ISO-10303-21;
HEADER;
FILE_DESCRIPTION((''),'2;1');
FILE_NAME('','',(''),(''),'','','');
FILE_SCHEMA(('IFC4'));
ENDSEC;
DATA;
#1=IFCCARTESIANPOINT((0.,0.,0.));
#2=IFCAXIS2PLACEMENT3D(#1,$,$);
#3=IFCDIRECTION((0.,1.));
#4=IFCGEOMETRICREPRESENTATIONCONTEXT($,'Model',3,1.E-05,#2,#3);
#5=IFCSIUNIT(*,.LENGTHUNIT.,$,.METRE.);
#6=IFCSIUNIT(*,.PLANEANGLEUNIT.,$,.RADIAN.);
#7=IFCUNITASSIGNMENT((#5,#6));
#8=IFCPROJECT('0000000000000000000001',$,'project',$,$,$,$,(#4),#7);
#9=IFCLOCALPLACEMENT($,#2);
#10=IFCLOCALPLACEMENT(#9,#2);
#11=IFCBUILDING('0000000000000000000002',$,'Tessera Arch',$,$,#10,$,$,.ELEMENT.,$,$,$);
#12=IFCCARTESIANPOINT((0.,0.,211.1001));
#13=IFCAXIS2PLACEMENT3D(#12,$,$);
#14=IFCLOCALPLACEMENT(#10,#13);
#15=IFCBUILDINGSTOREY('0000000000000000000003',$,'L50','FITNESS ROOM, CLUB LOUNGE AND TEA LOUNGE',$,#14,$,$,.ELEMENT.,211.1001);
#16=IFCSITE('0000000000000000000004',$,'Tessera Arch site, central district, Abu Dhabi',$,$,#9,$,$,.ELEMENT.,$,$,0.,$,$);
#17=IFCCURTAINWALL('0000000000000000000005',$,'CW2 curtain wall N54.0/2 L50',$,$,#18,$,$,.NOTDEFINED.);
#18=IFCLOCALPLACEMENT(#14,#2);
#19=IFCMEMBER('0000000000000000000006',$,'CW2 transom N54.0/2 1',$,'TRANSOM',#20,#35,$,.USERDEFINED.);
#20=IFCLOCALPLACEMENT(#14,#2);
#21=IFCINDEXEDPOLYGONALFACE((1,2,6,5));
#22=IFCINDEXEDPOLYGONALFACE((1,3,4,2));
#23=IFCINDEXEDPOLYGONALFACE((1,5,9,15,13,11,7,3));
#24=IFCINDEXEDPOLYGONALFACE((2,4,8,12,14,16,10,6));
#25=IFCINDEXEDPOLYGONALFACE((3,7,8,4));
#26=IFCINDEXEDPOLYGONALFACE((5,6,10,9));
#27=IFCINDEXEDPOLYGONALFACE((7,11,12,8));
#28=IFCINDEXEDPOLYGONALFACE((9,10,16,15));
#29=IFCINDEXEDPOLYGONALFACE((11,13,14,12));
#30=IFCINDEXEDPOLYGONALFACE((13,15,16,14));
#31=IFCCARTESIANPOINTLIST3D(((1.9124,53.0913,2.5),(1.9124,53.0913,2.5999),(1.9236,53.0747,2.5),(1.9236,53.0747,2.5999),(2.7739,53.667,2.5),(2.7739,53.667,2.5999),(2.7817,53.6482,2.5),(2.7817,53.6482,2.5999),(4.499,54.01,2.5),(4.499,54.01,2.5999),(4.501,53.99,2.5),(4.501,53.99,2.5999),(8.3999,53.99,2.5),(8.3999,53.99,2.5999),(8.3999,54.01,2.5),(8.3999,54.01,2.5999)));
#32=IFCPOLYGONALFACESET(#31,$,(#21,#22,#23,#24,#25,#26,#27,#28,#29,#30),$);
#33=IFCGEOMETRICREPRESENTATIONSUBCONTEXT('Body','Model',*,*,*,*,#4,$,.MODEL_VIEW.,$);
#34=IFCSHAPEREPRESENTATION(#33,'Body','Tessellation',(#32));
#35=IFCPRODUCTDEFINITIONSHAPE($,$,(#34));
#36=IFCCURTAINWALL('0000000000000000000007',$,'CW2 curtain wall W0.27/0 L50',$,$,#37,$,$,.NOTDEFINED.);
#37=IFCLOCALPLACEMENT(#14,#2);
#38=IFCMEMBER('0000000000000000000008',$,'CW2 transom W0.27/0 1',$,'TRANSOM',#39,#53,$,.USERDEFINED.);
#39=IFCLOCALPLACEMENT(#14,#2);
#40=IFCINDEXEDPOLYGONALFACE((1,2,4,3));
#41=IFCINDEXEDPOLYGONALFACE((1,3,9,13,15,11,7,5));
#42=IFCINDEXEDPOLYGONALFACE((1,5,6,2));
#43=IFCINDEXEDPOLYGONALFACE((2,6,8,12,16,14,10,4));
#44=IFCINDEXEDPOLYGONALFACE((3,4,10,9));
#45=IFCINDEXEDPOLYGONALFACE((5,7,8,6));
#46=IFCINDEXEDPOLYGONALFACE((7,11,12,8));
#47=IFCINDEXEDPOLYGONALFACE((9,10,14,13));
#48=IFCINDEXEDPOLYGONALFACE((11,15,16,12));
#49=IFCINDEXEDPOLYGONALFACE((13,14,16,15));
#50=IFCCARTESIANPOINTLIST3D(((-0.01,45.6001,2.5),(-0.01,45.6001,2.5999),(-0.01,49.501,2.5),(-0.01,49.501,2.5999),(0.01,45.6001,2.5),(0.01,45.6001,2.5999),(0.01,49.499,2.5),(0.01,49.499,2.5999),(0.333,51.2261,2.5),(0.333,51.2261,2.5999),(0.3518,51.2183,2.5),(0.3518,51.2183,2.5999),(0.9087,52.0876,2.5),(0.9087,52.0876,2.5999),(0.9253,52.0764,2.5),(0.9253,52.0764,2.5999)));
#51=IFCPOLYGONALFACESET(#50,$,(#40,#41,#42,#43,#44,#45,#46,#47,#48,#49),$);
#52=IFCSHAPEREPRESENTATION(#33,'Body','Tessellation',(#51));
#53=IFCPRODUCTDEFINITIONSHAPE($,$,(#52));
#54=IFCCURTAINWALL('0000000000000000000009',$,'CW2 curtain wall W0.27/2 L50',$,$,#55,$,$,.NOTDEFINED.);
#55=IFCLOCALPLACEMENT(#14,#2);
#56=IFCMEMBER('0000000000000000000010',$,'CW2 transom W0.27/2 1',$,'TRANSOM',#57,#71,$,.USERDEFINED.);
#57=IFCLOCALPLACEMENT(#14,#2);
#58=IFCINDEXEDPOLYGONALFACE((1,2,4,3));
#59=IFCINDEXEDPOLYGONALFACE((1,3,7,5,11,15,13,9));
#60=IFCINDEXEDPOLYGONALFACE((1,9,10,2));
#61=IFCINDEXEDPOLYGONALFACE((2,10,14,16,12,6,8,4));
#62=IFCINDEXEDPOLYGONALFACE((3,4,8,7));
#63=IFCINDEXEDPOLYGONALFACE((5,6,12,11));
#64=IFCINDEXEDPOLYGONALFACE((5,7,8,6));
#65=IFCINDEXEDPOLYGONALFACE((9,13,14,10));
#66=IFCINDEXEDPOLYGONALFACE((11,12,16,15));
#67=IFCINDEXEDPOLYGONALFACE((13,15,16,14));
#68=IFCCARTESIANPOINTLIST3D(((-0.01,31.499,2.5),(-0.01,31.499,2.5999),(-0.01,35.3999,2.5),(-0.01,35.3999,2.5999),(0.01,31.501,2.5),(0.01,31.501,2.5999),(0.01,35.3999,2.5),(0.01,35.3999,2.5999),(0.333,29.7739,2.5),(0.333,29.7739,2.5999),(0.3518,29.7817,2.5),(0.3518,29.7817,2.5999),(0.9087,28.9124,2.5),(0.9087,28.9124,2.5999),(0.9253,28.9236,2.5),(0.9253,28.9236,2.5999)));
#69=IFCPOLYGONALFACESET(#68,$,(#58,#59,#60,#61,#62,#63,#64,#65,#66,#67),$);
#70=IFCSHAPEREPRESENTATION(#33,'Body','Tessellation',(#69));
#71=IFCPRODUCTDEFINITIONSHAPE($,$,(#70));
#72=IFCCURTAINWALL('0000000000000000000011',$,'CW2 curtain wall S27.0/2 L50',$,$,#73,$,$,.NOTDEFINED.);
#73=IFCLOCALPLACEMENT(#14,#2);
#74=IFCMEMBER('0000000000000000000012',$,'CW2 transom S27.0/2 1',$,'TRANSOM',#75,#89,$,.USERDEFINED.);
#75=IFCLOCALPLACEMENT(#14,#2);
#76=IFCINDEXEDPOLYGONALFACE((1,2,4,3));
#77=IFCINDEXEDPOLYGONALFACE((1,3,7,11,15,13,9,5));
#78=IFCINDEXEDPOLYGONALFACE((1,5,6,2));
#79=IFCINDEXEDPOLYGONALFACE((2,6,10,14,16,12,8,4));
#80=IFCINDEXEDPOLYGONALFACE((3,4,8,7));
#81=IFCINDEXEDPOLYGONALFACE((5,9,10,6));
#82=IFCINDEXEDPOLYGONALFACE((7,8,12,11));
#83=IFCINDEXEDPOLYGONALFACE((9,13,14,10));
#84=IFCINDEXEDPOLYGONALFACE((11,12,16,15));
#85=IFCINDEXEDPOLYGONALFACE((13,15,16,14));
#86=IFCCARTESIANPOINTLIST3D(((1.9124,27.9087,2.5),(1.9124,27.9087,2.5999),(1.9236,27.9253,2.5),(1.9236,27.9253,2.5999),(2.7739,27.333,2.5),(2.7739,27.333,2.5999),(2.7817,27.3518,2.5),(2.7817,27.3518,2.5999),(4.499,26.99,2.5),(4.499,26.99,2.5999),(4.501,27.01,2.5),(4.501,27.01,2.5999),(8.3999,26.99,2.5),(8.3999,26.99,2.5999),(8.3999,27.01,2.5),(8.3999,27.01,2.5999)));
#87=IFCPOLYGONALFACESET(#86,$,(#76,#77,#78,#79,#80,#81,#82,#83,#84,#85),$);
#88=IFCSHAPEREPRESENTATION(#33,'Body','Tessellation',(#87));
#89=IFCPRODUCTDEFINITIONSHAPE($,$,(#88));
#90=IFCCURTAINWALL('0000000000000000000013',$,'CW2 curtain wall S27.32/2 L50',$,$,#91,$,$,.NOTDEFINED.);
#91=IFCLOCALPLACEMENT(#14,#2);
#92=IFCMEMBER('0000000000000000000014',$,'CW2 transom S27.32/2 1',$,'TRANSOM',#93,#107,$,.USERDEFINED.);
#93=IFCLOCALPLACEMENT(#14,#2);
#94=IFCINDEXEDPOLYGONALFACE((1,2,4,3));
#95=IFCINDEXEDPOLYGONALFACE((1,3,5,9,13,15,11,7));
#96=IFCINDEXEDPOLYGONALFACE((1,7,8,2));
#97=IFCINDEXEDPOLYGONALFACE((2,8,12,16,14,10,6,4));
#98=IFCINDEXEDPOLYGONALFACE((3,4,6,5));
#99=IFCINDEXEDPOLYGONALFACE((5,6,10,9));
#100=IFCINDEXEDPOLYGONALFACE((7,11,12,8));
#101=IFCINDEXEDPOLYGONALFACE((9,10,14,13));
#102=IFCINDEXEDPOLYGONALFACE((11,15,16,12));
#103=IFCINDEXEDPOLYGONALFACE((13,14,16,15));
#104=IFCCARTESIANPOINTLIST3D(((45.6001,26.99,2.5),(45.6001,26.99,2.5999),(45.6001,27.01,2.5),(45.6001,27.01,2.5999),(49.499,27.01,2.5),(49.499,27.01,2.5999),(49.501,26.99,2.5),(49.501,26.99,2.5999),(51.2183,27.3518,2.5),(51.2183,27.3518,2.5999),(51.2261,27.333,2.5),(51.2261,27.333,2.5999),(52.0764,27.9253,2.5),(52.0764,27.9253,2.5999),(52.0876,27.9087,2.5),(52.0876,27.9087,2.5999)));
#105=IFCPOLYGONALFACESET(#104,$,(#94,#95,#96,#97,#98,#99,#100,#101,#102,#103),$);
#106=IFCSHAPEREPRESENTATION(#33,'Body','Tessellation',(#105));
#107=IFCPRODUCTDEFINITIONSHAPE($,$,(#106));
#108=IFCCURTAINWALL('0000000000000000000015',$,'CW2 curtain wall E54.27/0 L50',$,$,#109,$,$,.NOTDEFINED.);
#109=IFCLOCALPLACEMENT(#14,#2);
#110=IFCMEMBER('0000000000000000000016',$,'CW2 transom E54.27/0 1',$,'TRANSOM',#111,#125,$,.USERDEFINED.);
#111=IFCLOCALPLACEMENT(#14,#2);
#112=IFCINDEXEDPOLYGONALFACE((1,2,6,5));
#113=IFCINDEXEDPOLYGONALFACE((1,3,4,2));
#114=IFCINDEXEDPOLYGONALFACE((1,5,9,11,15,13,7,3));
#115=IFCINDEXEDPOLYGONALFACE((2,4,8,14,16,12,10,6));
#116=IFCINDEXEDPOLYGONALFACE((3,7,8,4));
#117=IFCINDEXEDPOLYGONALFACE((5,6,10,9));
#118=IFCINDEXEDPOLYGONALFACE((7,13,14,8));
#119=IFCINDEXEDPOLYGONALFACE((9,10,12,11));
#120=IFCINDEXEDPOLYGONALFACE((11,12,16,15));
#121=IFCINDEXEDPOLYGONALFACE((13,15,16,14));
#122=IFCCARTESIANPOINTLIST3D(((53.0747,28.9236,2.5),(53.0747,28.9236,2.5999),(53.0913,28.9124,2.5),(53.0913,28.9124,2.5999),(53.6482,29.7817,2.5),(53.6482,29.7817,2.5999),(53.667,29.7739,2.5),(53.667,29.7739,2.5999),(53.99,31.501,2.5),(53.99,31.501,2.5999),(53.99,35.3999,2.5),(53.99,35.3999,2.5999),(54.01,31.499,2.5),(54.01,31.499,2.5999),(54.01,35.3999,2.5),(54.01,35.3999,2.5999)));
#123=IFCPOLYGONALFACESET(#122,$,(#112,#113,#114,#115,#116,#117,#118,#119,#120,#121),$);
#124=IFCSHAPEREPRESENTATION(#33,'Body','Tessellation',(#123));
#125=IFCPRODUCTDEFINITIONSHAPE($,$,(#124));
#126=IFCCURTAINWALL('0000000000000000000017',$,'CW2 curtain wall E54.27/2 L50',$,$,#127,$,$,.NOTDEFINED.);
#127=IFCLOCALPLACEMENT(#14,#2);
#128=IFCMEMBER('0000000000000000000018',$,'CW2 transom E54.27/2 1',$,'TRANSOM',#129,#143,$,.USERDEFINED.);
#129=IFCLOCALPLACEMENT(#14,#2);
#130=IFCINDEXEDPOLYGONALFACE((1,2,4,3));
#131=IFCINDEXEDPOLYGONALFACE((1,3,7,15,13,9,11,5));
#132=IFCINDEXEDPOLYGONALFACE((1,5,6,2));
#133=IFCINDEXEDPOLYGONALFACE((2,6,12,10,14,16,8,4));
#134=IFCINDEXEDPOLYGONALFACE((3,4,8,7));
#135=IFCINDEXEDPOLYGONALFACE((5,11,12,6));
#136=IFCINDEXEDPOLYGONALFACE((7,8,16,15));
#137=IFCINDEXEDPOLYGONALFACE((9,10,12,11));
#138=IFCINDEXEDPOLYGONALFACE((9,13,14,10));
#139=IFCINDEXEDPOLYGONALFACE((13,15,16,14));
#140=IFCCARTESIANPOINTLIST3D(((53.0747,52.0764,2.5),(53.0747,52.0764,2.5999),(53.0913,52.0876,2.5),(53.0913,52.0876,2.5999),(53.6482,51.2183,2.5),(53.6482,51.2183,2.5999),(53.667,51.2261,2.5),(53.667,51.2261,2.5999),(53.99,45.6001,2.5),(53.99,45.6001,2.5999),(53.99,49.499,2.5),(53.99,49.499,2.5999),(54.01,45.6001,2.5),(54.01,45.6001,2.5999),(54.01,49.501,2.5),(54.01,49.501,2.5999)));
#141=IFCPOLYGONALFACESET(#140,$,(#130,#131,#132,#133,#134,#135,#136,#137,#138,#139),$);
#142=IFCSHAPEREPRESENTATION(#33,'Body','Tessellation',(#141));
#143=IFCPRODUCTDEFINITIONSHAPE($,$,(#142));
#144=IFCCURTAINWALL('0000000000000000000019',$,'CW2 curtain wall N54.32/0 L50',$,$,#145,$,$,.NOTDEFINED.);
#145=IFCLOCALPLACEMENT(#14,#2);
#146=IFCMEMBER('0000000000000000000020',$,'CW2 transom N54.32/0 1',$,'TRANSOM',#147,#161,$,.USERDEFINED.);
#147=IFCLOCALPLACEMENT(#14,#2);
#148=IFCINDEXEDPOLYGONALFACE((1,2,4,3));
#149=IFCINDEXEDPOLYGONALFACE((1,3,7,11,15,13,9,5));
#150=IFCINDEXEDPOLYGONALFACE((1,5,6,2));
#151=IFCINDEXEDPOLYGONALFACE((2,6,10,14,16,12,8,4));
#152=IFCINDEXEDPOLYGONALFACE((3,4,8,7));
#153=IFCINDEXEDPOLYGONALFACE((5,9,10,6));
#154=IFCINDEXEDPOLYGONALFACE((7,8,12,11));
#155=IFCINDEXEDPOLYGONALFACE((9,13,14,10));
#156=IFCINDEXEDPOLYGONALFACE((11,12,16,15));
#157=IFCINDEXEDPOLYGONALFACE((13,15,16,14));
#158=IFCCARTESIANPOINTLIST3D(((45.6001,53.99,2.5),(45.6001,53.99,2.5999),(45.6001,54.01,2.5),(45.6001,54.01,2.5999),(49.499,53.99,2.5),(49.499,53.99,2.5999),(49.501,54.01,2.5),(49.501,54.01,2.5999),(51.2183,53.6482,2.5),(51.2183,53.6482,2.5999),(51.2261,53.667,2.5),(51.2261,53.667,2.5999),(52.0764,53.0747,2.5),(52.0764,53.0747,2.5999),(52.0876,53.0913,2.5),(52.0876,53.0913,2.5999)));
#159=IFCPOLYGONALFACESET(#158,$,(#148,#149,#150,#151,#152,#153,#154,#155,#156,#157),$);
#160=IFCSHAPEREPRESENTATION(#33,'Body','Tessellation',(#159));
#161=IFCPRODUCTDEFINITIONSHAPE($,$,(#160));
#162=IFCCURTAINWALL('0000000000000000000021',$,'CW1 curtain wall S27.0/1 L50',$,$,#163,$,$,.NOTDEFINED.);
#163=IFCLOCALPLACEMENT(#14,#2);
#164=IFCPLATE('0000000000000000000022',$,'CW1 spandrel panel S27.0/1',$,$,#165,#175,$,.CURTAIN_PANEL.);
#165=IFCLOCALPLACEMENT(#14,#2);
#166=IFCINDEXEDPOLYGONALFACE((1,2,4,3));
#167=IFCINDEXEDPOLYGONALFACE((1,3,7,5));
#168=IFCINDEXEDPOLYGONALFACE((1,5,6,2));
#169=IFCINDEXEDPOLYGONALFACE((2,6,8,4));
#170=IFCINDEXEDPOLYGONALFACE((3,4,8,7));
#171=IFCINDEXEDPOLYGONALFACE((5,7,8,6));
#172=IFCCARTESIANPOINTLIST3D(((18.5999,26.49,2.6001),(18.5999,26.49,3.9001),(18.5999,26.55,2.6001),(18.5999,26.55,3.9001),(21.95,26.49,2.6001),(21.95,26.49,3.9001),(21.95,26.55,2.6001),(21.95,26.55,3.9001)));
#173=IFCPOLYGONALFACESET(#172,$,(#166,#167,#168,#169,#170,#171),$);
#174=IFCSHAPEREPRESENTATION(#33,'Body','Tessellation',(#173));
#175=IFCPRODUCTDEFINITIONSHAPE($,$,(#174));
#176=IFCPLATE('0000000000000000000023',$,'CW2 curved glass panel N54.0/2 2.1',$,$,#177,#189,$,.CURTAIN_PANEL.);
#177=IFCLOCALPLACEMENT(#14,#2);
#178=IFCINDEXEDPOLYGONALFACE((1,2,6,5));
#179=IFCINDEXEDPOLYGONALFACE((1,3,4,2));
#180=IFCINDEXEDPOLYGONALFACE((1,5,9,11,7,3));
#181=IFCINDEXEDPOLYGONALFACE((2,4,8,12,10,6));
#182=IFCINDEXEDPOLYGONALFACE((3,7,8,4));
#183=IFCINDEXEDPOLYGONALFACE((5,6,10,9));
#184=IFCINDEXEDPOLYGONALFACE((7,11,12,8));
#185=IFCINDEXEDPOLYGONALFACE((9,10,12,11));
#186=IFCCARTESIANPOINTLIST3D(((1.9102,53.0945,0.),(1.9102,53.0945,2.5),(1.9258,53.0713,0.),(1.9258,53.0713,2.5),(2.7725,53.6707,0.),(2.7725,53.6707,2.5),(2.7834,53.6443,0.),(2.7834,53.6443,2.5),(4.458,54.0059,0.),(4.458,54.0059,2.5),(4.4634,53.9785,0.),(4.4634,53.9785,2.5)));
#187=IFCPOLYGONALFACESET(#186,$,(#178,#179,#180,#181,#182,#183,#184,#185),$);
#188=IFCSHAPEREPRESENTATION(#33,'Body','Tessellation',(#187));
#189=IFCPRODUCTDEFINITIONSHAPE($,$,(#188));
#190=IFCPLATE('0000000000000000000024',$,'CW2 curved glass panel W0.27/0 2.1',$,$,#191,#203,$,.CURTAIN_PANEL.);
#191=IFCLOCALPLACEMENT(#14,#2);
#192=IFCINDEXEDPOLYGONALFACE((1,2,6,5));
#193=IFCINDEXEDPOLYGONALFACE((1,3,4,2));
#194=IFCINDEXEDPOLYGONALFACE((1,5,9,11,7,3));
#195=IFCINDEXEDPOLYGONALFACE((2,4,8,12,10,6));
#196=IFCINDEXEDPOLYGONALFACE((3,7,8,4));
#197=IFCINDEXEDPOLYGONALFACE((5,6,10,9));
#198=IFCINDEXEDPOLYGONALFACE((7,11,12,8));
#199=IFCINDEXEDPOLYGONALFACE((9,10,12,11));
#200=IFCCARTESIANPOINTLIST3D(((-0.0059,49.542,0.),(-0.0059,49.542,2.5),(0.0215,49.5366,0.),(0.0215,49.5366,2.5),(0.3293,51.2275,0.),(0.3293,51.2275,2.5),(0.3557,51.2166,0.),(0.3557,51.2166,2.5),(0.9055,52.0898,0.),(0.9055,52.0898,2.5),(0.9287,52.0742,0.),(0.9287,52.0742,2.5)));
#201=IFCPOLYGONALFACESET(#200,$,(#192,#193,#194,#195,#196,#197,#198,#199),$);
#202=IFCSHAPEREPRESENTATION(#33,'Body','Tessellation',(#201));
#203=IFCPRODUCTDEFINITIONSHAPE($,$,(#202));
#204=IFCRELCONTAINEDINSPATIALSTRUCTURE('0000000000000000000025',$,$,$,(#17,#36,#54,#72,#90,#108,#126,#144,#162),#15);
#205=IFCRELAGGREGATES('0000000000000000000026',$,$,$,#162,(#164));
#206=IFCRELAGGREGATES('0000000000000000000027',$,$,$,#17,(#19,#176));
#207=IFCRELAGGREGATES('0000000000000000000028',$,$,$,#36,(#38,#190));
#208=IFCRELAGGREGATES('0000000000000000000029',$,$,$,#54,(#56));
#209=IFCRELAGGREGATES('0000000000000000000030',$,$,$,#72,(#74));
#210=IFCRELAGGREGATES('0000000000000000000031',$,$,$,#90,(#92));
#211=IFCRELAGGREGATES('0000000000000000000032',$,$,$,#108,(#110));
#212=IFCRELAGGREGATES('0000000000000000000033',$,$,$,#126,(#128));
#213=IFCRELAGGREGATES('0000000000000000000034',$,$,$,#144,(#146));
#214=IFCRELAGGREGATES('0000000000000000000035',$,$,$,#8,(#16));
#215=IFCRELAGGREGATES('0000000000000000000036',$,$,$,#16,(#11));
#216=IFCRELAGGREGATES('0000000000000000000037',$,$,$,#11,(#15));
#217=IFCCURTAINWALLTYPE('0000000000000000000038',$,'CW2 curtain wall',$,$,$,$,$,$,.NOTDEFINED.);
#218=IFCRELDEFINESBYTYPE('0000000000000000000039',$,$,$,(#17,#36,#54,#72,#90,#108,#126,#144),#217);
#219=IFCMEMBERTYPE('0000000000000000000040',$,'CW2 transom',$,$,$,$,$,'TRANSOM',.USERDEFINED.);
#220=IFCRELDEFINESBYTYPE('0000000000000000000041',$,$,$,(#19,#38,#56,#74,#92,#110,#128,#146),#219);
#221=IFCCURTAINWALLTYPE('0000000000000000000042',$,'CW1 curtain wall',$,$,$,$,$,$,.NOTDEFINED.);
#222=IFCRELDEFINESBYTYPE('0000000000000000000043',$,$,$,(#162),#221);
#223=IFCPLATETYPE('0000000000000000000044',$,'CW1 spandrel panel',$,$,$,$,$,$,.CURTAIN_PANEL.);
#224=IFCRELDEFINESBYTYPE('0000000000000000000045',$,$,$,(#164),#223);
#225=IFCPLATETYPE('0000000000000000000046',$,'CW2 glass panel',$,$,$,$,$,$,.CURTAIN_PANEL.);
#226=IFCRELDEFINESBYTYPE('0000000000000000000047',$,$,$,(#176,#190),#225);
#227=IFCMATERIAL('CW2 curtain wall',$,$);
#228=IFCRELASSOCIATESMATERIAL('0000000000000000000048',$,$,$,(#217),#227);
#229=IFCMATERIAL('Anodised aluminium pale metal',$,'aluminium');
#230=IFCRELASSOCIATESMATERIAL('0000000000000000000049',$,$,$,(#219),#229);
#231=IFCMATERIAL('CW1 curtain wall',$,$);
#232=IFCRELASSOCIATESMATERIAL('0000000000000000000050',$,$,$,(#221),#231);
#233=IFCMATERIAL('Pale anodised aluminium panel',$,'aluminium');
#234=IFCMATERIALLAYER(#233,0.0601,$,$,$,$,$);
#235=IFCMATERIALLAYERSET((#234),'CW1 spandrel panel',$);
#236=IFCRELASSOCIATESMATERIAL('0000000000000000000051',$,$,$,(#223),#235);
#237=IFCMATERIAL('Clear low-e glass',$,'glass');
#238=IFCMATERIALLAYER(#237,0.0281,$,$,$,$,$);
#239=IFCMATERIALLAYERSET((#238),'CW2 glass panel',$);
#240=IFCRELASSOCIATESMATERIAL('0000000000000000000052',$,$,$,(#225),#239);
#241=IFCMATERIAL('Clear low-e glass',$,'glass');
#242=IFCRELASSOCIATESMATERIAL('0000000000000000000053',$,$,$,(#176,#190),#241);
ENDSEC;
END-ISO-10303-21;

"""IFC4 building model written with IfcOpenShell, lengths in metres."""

from ifc_helpers import new_model, si_unit, direction, frame, origin, origin_2d, place, context, subcontext, project, spatial, polyline, rectangle, outline, extrude, material, layer, layer_set, material_profile, profile_set, type_object, element, aggregate, save


model = new_model("IFC4")

# Units and contexts
model_context = context("Model", 3, precision=1e-05, world=origin(), true_north=direction((0.0, 1.0)))
body_context = subcontext(model_context, "Body", "Model", "MODEL_VIEW")
ifc_project = project(units=[si_unit("LENGTHUNIT", "METRE"), si_unit("PLANEANGLEUNIT", "RADIAN")], contexts=[model_context])

# Site, building, storey
site_placement = place(None, origin())
site = spatial("IfcSite", under=ifc_project, at=site_placement, Name="Tessera Arch site, central district, Abu Dhabi", CompositionType="ELEMENT", RefElevation=0.0)
building_placement = place(site_placement, origin())
building = spatial("IfcBuilding", under=site, at=building_placement, Name="Tessera Arch", CompositionType="ELEMENT")
storey_placement = place(building_placement, frame((0.0, 0.0, 211.1001)))
storey = spatial("IfcBuildingStorey", under=building, at=storey_placement, Name="L50", Description="FITNESS ROOM, CLUB LOUNGE AND TEA LOUNGE", CompositionType="ELEMENT", Elevation=211.1001)

# Curtain walls, members
ifc_material_1 = material(Name="CW2 curtain wall")
curtain_wall_type_1 = type_object("IfcCurtainWallType", Name="CW2 curtain wall", PredefinedType="NOTDEFINED", material=ifc_material_1)
curtain_wall_1_placement = place(storey_placement, origin())
curtain_wall_1 = element("IfcCurtainWall", 1, at=curtain_wall_1_placement, inside=storey, type_object=curtain_wall_type_1, Name="CW2 curtain wall N54.0/2 L50", PredefinedType="NOTDEFINED")
ifc_material_2 = material(Name="Anodised aluminium pale metal", Category="aluminium")
ifc_material_profile = material_profile(ifc_material_2, rectangle(XDim=0.2, YDim=0.1001, at=origin_2d()), Name="AL 200x100")
ifc_profile_set = profile_set([ifc_material_profile], Name="Anodised aluminium pale metal")
member_type = type_object("IfcMemberType", Name="CW2 transom", ElementType="TRANSOM", PredefinedType="USERDEFINED", material=ifc_profile_set)
member_1_placement = place(storey_placement, frame((0.0, 0.0, 2.5)))
member_1 = element("IfcMember", 2, at=member_1_placement, type_object=member_type, Name="CW2 transom N54.0/2 1", ObjectType="TRANSOM", PredefinedType="USERDEFINED", context=body_context, shape_type="SweptSolid", body=[
    extrude(outline(polyline([(4.501, 53.99), (8.3999, 53.99), (8.3999, 54.01), (4.499, 54.01), (2.7739, 53.667), (1.9124, 53.0913), (1.9236, 53.0747), (2.7817, 53.6482), (4.501, 53.99)])), origin(), (0.0, 0.0, 1.0), 0.0999),
])
curtain_wall_2_placement = place(storey_placement, origin())
curtain_wall_2 = element("IfcCurtainWall", 3, at=curtain_wall_2_placement, inside=storey, type_object=curtain_wall_type_1, Name="CW2 curtain wall W0.27/0 L50", PredefinedType="NOTDEFINED")
member_2_placement = place(storey_placement, frame((0.0, 0.0, 2.5)))
member_2 = element("IfcMember", 4, at=member_2_placement, type_object=member_type, Name="CW2 transom W0.27/0 1", ObjectType="TRANSOM", PredefinedType="USERDEFINED", context=body_context, shape_type="SweptSolid", body=[
    extrude(outline(polyline([(0.3518, 51.2183), (0.9253, 52.0764), (0.9087, 52.0876), (0.333, 51.2261), (-0.01, 49.501), (-0.01, 45.6001), (0.01, 45.6001), (0.01, 49.499), (0.3518, 51.2183)])), origin(), (0.0, 0.0, 1.0), 0.0999),
])
curtain_wall_3_placement = place(storey_placement, origin())
curtain_wall_3 = element("IfcCurtainWall", 5, at=curtain_wall_3_placement, inside=storey, type_object=curtain_wall_type_1, Name="CW2 curtain wall W0.27/2 L50", PredefinedType="NOTDEFINED")
member_3_placement = place(storey_placement, frame((0.0, 0.0, 2.5)))
member_3 = element("IfcMember", 6, at=member_3_placement, type_object=member_type, Name="CW2 transom W0.27/2 1", ObjectType="TRANSOM", PredefinedType="USERDEFINED", context=body_context, shape_type="SweptSolid", body=[
    extrude(outline(polyline([(0.01, 31.501), (0.01, 35.3999), (-0.01, 35.3999), (-0.01, 31.499), (0.333, 29.7739), (0.9087, 28.9124), (0.9253, 28.9236), (0.3518, 29.7817), (0.01, 31.501)])), origin(), (0.0, 0.0, 1.0), 0.0999),
])
curtain_wall_4_placement = place(storey_placement, origin())
curtain_wall_4 = element("IfcCurtainWall", 7, at=curtain_wall_4_placement, inside=storey, type_object=curtain_wall_type_1, Name="CW2 curtain wall S27.0/2 L50", PredefinedType="NOTDEFINED")
member_4_placement = place(storey_placement, frame((0.0, 0.0, 2.5)))
member_4 = element("IfcMember", 8, at=member_4_placement, type_object=member_type, Name="CW2 transom S27.0/2 1", ObjectType="TRANSOM", PredefinedType="USERDEFINED", context=body_context, shape_type="SweptSolid", body=[
    extrude(outline(polyline([(2.7817, 27.3518), (1.9236, 27.9253), (1.9124, 27.9087), (2.7739, 27.333), (4.499, 26.99), (8.3999, 26.99), (8.3999, 27.01), (4.501, 27.01), (2.7817, 27.3518)])), origin(), (0.0, 0.0, 1.0), 0.0999),
])
curtain_wall_5_placement = place(storey_placement, origin())
curtain_wall_5 = element("IfcCurtainWall", 9, at=curtain_wall_5_placement, inside=storey, type_object=curtain_wall_type_1, Name="CW2 curtain wall S27.32/2 L50", PredefinedType="NOTDEFINED")
member_5_placement = place(storey_placement, frame((0.0, 0.0, 2.5)))
member_5 = element("IfcMember", 10, at=member_5_placement, type_object=member_type, Name="CW2 transom S27.32/2 1", ObjectType="TRANSOM", PredefinedType="USERDEFINED", context=body_context, shape_type="SweptSolid", body=[
    extrude(outline(polyline([(49.499, 27.01), (45.6001, 27.01), (45.6001, 26.99), (49.501, 26.99), (51.2261, 27.333), (52.0876, 27.9087), (52.0764, 27.9253), (51.2183, 27.3518), (49.499, 27.01)])), origin(), (0.0, 0.0, 1.0), 0.0999),
])
curtain_wall_6_placement = place(storey_placement, origin())
curtain_wall_6 = element("IfcCurtainWall", 11, at=curtain_wall_6_placement, inside=storey, type_object=curtain_wall_type_1, Name="CW2 curtain wall E54.27/0 L50", PredefinedType="NOTDEFINED")
member_6_placement = place(storey_placement, frame((0.0, 0.0, 2.5)))
member_6 = element("IfcMember", 12, at=member_6_placement, type_object=member_type, Name="CW2 transom E54.27/0 1", ObjectType="TRANSOM", PredefinedType="USERDEFINED", context=body_context, shape_type="SweptSolid", body=[
    extrude(outline(polyline([(53.6482, 29.7817), (53.0747, 28.9236), (53.0913, 28.9124), (53.667, 29.7739), (54.01, 31.499), (54.01, 35.3999), (53.99, 35.3999), (53.99, 31.501), (53.6482, 29.7817)])), origin(), (0.0, 0.0, 1.0), 0.0999),
])
curtain_wall_7_placement = place(storey_placement, origin())
curtain_wall_7 = element("IfcCurtainWall", 13, at=curtain_wall_7_placement, inside=storey, type_object=curtain_wall_type_1, Name="CW2 curtain wall E54.27/2 L50", PredefinedType="NOTDEFINED")
member_7_placement = place(storey_placement, frame((0.0, 0.0, 2.5)))
member_7 = element("IfcMember", 14, at=member_7_placement, type_object=member_type, Name="CW2 transom E54.27/2 1", ObjectType="TRANSOM", PredefinedType="USERDEFINED", context=body_context, shape_type="SweptSolid", body=[
    extrude(outline(polyline([(53.99, 49.499), (53.99, 45.6001), (54.01, 45.6001), (54.01, 49.501), (53.667, 51.2261), (53.0913, 52.0876), (53.0747, 52.0764), (53.6482, 51.2183), (53.99, 49.499)])), origin(), (0.0, 0.0, 1.0), 0.0999),
])
curtain_wall_8_placement = place(storey_placement, origin())
curtain_wall_8 = element("IfcCurtainWall", 15, at=curtain_wall_8_placement, inside=storey, type_object=curtain_wall_type_1, Name="CW2 curtain wall N54.32/0 L50", PredefinedType="NOTDEFINED")
member_8_placement = place(storey_placement, frame((0.0, 0.0, 2.5)))
member_8 = element("IfcMember", 16, at=member_8_placement, type_object=member_type, Name="CW2 transom N54.32/0 1", ObjectType="TRANSOM", PredefinedType="USERDEFINED", context=body_context, shape_type="SweptSolid", body=[
    extrude(outline(polyline([(51.2183, 53.6482), (52.0764, 53.0747), (52.0876, 53.0913), (51.2261, 53.667), (49.501, 54.01), (45.6001, 54.01), (45.6001, 53.99), (49.499, 53.99), (51.2183, 53.6482)])), origin(), (0.0, 0.0, 1.0), 0.0999),
])

# Curtain wall, plate
ifc_material_3 = material(Name="CW1 curtain wall")
curtain_wall_type_2 = type_object("IfcCurtainWallType", Name="CW1 curtain wall", PredefinedType="NOTDEFINED", material=ifc_material_3)
curtain_wall_9_placement = place(storey_placement, origin())
curtain_wall_9 = element("IfcCurtainWall", 17, at=curtain_wall_9_placement, inside=storey, type_object=curtain_wall_type_2, Name="CW1 curtain wall S27.0/1 L50", PredefinedType="NOTDEFINED")
ifc_material_4 = material(Name="Pale anodised aluminium panel", Category="aluminium")
ifc_layer_1 = layer(ifc_material_4, 0.0601)
ifc_layer_set_1 = layer_set([ifc_layer_1], Name="CW1 spandrel panel")
plate_type_1 = type_object("IfcPlateType", Name="CW1 spandrel panel", PredefinedType="CURTAIN_PANEL", material=ifc_layer_set_1)
plate_1_placement = place(storey_placement, frame((20.2749, 26.52, 2.6001), z_axis=(0.0, 0.0, 1.0), x_axis=(1.0, 0.0, 0.0)))
plate_1 = element("IfcPlate", 18, at=plate_1_placement, type_object=plate_type_1, Name="CW1 spandrel panel S27.0/1", PredefinedType="CURTAIN_PANEL", context=body_context, shape_type="SweptSolid", body=[
    extrude(rectangle(XDim=3.3501, YDim=0.0601, at=origin_2d()), origin(), (0.0, 0.0, 1.0), 1.3),
])
aggregate(curtain_wall_9, [plate_1])

# Plates
ifc_material_5 = material(Name="Clear low-e glass", Category="glass")
ifc_material_6 = material(Name="Clear low-e glass", Category="glass")
ifc_layer_2 = layer(ifc_material_6, 0.0281)
ifc_layer_set_2 = layer_set([ifc_layer_2], Name="CW2 glass panel")
plate_type_2 = type_object("IfcPlateType", Name="CW2 glass panel", PredefinedType="CURTAIN_PANEL", material=ifc_layer_set_2)
plate_2_placement = place(storey_placement, origin())
plate_2 = element("IfcPlate", 19, at=plate_2_placement, type_object=plate_type_2, material=ifc_material_5, Name="CW2 curved glass panel N54.0/2 2.1", PredefinedType="CURTAIN_PANEL", context=body_context, shape_type="SweptSolid", body=[
    extrude(outline(polyline([(2.7834, 53.6443), (4.4634, 53.9785), (4.458, 54.0059), (2.7725, 53.6707), (1.9102, 53.0945), (1.9258, 53.0713), (2.7834, 53.6443)])), origin(), (0.0, 0.0, 1.0), 2.5),
])
plate_3_placement = place(storey_placement, origin())
plate_3 = element("IfcPlate", 20, at=plate_3_placement, type_object=plate_type_2, material=ifc_material_5, Name="CW2 curved glass panel W0.27/0 2.1", PredefinedType="CURTAIN_PANEL", context=body_context, shape_type="SweptSolid", body=[
    extrude(outline(polyline([(0.3557, 51.2166), (0.9287, 52.0742), (0.9055, 52.0898), (0.3293, 51.2275), (-0.0059, 49.542), (0.0215, 49.5366), (0.3557, 51.2166)])), origin(), (0.0, 0.0, 1.0), 2.5),
])
aggregate(curtain_wall_1, [member_1, plate_2])
aggregate(curtain_wall_2, [member_2, plate_3])
aggregate(curtain_wall_3, [member_3])
aggregate(curtain_wall_4, [member_4])
aggregate(curtain_wall_5, [member_5])
aggregate(curtain_wall_6, [member_6])
aggregate(curtain_wall_7, [member_7])
aggregate(curtain_wall_8, [member_8])

save(model, "model.ifc")
